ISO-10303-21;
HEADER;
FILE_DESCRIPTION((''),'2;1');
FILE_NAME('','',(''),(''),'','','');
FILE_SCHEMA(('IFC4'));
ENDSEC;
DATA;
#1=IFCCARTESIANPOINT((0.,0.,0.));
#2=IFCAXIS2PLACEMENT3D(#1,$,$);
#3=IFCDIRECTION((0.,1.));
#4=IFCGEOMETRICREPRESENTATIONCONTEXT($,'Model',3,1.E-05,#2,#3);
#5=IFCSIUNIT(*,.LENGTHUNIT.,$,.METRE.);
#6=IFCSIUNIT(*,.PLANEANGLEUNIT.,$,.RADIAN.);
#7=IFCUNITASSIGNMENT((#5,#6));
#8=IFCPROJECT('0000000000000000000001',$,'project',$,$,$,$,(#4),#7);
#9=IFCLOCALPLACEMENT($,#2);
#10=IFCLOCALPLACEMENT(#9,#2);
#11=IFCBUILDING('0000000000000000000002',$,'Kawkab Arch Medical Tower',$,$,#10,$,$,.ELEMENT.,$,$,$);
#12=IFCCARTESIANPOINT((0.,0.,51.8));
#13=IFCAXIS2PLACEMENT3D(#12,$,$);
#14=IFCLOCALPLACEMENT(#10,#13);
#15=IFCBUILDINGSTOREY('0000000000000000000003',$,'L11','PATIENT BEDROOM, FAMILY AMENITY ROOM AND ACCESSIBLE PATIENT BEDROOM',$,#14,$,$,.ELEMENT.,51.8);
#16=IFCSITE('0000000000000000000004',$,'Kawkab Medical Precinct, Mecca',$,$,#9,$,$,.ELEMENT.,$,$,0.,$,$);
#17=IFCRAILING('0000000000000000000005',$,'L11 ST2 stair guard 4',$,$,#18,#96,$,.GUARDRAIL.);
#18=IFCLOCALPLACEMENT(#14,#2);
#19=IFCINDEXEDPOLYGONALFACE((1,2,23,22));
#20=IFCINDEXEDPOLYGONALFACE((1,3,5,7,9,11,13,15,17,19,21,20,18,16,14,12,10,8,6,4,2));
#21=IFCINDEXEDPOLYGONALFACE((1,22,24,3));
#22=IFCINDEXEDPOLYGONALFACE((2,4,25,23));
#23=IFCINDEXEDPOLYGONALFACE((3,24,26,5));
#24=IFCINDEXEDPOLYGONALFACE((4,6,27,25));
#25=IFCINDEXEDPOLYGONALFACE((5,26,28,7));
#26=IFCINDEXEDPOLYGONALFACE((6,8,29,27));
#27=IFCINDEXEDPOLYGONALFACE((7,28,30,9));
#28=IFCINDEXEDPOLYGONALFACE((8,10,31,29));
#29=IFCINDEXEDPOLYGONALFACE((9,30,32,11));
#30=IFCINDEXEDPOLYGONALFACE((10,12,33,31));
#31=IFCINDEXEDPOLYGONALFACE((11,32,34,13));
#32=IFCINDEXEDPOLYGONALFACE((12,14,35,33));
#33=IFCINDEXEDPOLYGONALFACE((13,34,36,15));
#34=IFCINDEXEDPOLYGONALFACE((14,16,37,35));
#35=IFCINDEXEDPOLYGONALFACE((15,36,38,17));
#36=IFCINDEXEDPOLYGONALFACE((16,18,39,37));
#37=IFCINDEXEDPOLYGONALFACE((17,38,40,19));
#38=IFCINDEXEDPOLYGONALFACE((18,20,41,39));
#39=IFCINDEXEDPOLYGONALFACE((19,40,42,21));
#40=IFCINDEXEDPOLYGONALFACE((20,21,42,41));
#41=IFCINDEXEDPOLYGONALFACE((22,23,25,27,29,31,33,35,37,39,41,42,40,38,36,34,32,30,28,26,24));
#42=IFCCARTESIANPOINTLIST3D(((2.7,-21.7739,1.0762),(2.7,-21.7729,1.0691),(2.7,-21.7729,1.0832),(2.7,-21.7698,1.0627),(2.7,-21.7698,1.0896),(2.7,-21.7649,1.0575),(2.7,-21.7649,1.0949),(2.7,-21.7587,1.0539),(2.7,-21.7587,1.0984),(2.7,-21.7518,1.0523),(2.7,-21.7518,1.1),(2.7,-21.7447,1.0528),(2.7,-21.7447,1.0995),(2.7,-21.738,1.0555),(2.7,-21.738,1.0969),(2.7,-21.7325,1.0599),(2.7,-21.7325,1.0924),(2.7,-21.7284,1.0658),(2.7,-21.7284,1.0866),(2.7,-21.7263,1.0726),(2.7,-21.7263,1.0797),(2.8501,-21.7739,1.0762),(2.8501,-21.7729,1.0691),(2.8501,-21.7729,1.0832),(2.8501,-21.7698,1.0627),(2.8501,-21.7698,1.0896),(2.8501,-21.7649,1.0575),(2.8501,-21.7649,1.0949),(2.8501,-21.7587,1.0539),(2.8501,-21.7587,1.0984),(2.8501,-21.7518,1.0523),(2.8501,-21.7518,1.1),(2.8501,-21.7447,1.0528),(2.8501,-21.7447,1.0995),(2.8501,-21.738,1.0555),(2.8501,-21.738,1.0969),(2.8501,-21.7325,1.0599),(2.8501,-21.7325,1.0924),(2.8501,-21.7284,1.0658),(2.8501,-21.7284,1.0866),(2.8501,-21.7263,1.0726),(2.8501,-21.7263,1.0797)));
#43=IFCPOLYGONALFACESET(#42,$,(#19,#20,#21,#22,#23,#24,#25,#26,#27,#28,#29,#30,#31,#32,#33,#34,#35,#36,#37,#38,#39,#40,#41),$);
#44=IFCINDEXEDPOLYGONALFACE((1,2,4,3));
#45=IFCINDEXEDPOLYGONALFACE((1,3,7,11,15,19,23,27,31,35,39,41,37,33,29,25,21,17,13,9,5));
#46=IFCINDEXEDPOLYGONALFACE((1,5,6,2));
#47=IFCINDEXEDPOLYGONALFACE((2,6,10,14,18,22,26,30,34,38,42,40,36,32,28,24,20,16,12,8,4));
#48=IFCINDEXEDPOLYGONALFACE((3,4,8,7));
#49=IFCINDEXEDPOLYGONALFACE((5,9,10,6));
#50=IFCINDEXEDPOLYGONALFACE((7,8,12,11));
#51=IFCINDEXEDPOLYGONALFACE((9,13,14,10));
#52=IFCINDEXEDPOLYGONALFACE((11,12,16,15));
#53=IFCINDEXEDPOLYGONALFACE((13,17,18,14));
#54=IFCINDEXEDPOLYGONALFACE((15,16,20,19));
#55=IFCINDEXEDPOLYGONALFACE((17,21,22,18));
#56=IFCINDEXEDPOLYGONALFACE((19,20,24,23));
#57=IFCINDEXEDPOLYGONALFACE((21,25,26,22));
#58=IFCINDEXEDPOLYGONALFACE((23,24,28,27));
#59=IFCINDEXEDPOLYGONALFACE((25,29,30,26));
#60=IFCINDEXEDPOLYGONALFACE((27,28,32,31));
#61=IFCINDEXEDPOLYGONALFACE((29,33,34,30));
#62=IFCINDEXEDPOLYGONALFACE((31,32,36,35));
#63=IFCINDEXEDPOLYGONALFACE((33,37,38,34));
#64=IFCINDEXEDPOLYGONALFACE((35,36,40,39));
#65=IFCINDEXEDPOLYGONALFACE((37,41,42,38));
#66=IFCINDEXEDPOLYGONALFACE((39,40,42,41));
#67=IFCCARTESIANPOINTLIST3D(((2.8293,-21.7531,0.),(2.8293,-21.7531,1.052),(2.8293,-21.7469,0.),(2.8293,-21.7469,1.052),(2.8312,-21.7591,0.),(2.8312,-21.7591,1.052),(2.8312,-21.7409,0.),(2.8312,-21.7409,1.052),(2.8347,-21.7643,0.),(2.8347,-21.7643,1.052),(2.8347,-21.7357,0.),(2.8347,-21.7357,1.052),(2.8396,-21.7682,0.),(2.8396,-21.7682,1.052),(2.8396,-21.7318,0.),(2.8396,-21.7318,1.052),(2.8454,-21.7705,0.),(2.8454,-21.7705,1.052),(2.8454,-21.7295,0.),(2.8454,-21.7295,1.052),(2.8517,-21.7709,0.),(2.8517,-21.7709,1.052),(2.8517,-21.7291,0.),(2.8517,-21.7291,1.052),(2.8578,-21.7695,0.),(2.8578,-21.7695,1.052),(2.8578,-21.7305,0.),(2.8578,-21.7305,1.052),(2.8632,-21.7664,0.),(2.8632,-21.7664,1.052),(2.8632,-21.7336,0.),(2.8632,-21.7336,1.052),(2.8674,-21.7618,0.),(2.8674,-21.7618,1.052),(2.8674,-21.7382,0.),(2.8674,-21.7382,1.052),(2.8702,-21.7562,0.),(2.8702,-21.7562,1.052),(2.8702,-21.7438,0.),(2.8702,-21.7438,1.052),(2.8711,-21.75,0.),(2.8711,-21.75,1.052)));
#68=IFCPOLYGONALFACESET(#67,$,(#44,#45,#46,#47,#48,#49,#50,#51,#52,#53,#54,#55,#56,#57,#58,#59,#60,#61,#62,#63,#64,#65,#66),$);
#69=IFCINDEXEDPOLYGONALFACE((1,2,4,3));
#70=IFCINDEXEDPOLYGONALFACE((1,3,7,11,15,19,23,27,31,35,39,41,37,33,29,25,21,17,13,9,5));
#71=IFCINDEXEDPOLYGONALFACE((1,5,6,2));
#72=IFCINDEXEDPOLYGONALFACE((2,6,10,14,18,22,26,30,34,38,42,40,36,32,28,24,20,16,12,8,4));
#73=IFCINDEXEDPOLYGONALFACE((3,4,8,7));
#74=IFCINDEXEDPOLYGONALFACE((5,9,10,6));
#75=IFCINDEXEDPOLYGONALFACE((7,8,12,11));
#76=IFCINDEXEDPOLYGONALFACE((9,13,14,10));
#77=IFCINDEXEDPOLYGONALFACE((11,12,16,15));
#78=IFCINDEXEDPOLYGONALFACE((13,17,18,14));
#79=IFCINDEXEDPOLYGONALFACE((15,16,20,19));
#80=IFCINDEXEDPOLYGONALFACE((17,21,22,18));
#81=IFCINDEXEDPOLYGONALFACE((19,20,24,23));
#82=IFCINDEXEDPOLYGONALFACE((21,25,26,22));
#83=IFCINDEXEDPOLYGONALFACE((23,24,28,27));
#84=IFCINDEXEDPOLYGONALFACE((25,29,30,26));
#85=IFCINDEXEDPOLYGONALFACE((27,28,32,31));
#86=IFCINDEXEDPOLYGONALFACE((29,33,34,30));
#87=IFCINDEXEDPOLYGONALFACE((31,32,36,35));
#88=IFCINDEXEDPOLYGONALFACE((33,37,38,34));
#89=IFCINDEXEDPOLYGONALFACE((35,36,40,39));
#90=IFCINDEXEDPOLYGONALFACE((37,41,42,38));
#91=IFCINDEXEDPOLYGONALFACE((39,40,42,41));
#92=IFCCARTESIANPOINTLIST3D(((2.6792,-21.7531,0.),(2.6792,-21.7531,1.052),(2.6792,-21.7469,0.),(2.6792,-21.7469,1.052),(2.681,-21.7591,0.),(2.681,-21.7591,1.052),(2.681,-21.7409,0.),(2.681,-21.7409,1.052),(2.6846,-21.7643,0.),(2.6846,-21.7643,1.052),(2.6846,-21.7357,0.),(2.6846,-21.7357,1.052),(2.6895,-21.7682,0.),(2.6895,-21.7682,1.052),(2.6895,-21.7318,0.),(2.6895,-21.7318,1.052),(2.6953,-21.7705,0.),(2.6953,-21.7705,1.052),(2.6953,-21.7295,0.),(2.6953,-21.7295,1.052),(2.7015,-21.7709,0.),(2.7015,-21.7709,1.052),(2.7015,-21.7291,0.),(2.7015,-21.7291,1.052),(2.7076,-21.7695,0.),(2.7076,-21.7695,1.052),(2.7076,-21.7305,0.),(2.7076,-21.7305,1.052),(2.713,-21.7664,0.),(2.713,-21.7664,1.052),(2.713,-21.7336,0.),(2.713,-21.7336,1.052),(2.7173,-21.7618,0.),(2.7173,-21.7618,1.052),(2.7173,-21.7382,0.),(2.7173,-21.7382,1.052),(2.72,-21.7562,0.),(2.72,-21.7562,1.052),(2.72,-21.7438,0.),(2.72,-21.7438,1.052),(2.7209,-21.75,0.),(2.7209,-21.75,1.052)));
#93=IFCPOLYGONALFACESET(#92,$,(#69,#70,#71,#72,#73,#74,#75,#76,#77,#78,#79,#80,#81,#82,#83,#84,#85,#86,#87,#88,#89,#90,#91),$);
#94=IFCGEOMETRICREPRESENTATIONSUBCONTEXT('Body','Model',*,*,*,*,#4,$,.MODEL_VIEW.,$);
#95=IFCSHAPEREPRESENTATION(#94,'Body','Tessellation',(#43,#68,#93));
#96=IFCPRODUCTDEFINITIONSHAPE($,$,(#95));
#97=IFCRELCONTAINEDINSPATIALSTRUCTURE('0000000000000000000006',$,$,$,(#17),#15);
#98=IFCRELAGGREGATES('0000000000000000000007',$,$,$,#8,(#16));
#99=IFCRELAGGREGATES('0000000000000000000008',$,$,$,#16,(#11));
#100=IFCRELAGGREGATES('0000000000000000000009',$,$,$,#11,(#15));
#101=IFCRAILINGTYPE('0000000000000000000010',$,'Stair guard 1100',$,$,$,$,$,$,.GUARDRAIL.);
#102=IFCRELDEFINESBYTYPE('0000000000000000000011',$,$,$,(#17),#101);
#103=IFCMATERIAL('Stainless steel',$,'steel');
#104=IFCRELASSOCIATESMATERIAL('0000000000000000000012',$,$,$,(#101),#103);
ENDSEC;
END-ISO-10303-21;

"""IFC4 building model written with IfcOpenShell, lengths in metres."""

from ifc_helpers import new_model, si_unit, direction, frame, origin, origin_2d, place, context, subcontext, project, spatial, circle, extrude, material, type_object, element, save


model = new_model("IFC4")

# Units and contexts
model_context = context("Model", 3, precision=1e-05, world=origin(), true_north=direction((0.0, 1.0)))
body_context = subcontext(model_context, "Body", "Model", "MODEL_VIEW")
ifc_project = project(units=[si_unit("LENGTHUNIT", "METRE"), si_unit("PLANEANGLEUNIT", "RADIAN")], contexts=[model_context])

# Site, building, storey
site_placement = place(None, origin())
site = spatial("IfcSite", under=ifc_project, at=site_placement, Name="Kawkab Medical Precinct, Mecca", CompositionType="ELEMENT", RefElevation=0.0)
building_placement = place(site_placement, origin())
building = spatial("IfcBuilding", under=site, at=building_placement, Name="Kawkab Arch Medical Tower", CompositionType="ELEMENT")
storey_placement = place(building_placement, frame((0.0, 0.0, 51.8)))
storey = spatial("IfcBuildingStorey", under=building, at=storey_placement, Name="L11", Description="PATIENT BEDROOM, FAMILY AMENITY ROOM AND ACCESSIBLE PATIENT BEDROOM", CompositionType="ELEMENT", Elevation=51.8)

# Railing
ifc_material_1 = material(Name="Stainless steel", Category="steel")
railing_type = type_object("IfcRailingType", Name="Stair guard 1100", PredefinedType="GUARDRAIL", material=ifc_material_1)
railing_1_placement = place(storey_placement, frame((2.8501, -21.75, 0.0)))
element("IfcRailing", 1, at=railing_1_placement, inside=storey, type_object=railing_type, Name="L11 ST2 stair guard 4", PredefinedType="GUARDRAIL", context=body_context, shape_type="SweptSolid", body=[
    extrude(circle(Radius=0.0239, at=origin_2d()), frame((0.0, 0.0, 1.0762), z_axis=(-1.0, 0.0, 0.0), x_axis=(0.0, -1.0, 0.0)), (0.0, 0.0, 1.0), 0.1501),
    extrude(circle(Radius=0.021, at=origin_2d()), origin(), (0.0, 0.0, 1.0), 1.052),
    extrude(circle(Radius=0.021, at=origin_2d()), frame((-0.1501, 0.0, 0.0)), (0.0, 0.0, 1.0), 1.052),
])

save(model, "model.ifc")
